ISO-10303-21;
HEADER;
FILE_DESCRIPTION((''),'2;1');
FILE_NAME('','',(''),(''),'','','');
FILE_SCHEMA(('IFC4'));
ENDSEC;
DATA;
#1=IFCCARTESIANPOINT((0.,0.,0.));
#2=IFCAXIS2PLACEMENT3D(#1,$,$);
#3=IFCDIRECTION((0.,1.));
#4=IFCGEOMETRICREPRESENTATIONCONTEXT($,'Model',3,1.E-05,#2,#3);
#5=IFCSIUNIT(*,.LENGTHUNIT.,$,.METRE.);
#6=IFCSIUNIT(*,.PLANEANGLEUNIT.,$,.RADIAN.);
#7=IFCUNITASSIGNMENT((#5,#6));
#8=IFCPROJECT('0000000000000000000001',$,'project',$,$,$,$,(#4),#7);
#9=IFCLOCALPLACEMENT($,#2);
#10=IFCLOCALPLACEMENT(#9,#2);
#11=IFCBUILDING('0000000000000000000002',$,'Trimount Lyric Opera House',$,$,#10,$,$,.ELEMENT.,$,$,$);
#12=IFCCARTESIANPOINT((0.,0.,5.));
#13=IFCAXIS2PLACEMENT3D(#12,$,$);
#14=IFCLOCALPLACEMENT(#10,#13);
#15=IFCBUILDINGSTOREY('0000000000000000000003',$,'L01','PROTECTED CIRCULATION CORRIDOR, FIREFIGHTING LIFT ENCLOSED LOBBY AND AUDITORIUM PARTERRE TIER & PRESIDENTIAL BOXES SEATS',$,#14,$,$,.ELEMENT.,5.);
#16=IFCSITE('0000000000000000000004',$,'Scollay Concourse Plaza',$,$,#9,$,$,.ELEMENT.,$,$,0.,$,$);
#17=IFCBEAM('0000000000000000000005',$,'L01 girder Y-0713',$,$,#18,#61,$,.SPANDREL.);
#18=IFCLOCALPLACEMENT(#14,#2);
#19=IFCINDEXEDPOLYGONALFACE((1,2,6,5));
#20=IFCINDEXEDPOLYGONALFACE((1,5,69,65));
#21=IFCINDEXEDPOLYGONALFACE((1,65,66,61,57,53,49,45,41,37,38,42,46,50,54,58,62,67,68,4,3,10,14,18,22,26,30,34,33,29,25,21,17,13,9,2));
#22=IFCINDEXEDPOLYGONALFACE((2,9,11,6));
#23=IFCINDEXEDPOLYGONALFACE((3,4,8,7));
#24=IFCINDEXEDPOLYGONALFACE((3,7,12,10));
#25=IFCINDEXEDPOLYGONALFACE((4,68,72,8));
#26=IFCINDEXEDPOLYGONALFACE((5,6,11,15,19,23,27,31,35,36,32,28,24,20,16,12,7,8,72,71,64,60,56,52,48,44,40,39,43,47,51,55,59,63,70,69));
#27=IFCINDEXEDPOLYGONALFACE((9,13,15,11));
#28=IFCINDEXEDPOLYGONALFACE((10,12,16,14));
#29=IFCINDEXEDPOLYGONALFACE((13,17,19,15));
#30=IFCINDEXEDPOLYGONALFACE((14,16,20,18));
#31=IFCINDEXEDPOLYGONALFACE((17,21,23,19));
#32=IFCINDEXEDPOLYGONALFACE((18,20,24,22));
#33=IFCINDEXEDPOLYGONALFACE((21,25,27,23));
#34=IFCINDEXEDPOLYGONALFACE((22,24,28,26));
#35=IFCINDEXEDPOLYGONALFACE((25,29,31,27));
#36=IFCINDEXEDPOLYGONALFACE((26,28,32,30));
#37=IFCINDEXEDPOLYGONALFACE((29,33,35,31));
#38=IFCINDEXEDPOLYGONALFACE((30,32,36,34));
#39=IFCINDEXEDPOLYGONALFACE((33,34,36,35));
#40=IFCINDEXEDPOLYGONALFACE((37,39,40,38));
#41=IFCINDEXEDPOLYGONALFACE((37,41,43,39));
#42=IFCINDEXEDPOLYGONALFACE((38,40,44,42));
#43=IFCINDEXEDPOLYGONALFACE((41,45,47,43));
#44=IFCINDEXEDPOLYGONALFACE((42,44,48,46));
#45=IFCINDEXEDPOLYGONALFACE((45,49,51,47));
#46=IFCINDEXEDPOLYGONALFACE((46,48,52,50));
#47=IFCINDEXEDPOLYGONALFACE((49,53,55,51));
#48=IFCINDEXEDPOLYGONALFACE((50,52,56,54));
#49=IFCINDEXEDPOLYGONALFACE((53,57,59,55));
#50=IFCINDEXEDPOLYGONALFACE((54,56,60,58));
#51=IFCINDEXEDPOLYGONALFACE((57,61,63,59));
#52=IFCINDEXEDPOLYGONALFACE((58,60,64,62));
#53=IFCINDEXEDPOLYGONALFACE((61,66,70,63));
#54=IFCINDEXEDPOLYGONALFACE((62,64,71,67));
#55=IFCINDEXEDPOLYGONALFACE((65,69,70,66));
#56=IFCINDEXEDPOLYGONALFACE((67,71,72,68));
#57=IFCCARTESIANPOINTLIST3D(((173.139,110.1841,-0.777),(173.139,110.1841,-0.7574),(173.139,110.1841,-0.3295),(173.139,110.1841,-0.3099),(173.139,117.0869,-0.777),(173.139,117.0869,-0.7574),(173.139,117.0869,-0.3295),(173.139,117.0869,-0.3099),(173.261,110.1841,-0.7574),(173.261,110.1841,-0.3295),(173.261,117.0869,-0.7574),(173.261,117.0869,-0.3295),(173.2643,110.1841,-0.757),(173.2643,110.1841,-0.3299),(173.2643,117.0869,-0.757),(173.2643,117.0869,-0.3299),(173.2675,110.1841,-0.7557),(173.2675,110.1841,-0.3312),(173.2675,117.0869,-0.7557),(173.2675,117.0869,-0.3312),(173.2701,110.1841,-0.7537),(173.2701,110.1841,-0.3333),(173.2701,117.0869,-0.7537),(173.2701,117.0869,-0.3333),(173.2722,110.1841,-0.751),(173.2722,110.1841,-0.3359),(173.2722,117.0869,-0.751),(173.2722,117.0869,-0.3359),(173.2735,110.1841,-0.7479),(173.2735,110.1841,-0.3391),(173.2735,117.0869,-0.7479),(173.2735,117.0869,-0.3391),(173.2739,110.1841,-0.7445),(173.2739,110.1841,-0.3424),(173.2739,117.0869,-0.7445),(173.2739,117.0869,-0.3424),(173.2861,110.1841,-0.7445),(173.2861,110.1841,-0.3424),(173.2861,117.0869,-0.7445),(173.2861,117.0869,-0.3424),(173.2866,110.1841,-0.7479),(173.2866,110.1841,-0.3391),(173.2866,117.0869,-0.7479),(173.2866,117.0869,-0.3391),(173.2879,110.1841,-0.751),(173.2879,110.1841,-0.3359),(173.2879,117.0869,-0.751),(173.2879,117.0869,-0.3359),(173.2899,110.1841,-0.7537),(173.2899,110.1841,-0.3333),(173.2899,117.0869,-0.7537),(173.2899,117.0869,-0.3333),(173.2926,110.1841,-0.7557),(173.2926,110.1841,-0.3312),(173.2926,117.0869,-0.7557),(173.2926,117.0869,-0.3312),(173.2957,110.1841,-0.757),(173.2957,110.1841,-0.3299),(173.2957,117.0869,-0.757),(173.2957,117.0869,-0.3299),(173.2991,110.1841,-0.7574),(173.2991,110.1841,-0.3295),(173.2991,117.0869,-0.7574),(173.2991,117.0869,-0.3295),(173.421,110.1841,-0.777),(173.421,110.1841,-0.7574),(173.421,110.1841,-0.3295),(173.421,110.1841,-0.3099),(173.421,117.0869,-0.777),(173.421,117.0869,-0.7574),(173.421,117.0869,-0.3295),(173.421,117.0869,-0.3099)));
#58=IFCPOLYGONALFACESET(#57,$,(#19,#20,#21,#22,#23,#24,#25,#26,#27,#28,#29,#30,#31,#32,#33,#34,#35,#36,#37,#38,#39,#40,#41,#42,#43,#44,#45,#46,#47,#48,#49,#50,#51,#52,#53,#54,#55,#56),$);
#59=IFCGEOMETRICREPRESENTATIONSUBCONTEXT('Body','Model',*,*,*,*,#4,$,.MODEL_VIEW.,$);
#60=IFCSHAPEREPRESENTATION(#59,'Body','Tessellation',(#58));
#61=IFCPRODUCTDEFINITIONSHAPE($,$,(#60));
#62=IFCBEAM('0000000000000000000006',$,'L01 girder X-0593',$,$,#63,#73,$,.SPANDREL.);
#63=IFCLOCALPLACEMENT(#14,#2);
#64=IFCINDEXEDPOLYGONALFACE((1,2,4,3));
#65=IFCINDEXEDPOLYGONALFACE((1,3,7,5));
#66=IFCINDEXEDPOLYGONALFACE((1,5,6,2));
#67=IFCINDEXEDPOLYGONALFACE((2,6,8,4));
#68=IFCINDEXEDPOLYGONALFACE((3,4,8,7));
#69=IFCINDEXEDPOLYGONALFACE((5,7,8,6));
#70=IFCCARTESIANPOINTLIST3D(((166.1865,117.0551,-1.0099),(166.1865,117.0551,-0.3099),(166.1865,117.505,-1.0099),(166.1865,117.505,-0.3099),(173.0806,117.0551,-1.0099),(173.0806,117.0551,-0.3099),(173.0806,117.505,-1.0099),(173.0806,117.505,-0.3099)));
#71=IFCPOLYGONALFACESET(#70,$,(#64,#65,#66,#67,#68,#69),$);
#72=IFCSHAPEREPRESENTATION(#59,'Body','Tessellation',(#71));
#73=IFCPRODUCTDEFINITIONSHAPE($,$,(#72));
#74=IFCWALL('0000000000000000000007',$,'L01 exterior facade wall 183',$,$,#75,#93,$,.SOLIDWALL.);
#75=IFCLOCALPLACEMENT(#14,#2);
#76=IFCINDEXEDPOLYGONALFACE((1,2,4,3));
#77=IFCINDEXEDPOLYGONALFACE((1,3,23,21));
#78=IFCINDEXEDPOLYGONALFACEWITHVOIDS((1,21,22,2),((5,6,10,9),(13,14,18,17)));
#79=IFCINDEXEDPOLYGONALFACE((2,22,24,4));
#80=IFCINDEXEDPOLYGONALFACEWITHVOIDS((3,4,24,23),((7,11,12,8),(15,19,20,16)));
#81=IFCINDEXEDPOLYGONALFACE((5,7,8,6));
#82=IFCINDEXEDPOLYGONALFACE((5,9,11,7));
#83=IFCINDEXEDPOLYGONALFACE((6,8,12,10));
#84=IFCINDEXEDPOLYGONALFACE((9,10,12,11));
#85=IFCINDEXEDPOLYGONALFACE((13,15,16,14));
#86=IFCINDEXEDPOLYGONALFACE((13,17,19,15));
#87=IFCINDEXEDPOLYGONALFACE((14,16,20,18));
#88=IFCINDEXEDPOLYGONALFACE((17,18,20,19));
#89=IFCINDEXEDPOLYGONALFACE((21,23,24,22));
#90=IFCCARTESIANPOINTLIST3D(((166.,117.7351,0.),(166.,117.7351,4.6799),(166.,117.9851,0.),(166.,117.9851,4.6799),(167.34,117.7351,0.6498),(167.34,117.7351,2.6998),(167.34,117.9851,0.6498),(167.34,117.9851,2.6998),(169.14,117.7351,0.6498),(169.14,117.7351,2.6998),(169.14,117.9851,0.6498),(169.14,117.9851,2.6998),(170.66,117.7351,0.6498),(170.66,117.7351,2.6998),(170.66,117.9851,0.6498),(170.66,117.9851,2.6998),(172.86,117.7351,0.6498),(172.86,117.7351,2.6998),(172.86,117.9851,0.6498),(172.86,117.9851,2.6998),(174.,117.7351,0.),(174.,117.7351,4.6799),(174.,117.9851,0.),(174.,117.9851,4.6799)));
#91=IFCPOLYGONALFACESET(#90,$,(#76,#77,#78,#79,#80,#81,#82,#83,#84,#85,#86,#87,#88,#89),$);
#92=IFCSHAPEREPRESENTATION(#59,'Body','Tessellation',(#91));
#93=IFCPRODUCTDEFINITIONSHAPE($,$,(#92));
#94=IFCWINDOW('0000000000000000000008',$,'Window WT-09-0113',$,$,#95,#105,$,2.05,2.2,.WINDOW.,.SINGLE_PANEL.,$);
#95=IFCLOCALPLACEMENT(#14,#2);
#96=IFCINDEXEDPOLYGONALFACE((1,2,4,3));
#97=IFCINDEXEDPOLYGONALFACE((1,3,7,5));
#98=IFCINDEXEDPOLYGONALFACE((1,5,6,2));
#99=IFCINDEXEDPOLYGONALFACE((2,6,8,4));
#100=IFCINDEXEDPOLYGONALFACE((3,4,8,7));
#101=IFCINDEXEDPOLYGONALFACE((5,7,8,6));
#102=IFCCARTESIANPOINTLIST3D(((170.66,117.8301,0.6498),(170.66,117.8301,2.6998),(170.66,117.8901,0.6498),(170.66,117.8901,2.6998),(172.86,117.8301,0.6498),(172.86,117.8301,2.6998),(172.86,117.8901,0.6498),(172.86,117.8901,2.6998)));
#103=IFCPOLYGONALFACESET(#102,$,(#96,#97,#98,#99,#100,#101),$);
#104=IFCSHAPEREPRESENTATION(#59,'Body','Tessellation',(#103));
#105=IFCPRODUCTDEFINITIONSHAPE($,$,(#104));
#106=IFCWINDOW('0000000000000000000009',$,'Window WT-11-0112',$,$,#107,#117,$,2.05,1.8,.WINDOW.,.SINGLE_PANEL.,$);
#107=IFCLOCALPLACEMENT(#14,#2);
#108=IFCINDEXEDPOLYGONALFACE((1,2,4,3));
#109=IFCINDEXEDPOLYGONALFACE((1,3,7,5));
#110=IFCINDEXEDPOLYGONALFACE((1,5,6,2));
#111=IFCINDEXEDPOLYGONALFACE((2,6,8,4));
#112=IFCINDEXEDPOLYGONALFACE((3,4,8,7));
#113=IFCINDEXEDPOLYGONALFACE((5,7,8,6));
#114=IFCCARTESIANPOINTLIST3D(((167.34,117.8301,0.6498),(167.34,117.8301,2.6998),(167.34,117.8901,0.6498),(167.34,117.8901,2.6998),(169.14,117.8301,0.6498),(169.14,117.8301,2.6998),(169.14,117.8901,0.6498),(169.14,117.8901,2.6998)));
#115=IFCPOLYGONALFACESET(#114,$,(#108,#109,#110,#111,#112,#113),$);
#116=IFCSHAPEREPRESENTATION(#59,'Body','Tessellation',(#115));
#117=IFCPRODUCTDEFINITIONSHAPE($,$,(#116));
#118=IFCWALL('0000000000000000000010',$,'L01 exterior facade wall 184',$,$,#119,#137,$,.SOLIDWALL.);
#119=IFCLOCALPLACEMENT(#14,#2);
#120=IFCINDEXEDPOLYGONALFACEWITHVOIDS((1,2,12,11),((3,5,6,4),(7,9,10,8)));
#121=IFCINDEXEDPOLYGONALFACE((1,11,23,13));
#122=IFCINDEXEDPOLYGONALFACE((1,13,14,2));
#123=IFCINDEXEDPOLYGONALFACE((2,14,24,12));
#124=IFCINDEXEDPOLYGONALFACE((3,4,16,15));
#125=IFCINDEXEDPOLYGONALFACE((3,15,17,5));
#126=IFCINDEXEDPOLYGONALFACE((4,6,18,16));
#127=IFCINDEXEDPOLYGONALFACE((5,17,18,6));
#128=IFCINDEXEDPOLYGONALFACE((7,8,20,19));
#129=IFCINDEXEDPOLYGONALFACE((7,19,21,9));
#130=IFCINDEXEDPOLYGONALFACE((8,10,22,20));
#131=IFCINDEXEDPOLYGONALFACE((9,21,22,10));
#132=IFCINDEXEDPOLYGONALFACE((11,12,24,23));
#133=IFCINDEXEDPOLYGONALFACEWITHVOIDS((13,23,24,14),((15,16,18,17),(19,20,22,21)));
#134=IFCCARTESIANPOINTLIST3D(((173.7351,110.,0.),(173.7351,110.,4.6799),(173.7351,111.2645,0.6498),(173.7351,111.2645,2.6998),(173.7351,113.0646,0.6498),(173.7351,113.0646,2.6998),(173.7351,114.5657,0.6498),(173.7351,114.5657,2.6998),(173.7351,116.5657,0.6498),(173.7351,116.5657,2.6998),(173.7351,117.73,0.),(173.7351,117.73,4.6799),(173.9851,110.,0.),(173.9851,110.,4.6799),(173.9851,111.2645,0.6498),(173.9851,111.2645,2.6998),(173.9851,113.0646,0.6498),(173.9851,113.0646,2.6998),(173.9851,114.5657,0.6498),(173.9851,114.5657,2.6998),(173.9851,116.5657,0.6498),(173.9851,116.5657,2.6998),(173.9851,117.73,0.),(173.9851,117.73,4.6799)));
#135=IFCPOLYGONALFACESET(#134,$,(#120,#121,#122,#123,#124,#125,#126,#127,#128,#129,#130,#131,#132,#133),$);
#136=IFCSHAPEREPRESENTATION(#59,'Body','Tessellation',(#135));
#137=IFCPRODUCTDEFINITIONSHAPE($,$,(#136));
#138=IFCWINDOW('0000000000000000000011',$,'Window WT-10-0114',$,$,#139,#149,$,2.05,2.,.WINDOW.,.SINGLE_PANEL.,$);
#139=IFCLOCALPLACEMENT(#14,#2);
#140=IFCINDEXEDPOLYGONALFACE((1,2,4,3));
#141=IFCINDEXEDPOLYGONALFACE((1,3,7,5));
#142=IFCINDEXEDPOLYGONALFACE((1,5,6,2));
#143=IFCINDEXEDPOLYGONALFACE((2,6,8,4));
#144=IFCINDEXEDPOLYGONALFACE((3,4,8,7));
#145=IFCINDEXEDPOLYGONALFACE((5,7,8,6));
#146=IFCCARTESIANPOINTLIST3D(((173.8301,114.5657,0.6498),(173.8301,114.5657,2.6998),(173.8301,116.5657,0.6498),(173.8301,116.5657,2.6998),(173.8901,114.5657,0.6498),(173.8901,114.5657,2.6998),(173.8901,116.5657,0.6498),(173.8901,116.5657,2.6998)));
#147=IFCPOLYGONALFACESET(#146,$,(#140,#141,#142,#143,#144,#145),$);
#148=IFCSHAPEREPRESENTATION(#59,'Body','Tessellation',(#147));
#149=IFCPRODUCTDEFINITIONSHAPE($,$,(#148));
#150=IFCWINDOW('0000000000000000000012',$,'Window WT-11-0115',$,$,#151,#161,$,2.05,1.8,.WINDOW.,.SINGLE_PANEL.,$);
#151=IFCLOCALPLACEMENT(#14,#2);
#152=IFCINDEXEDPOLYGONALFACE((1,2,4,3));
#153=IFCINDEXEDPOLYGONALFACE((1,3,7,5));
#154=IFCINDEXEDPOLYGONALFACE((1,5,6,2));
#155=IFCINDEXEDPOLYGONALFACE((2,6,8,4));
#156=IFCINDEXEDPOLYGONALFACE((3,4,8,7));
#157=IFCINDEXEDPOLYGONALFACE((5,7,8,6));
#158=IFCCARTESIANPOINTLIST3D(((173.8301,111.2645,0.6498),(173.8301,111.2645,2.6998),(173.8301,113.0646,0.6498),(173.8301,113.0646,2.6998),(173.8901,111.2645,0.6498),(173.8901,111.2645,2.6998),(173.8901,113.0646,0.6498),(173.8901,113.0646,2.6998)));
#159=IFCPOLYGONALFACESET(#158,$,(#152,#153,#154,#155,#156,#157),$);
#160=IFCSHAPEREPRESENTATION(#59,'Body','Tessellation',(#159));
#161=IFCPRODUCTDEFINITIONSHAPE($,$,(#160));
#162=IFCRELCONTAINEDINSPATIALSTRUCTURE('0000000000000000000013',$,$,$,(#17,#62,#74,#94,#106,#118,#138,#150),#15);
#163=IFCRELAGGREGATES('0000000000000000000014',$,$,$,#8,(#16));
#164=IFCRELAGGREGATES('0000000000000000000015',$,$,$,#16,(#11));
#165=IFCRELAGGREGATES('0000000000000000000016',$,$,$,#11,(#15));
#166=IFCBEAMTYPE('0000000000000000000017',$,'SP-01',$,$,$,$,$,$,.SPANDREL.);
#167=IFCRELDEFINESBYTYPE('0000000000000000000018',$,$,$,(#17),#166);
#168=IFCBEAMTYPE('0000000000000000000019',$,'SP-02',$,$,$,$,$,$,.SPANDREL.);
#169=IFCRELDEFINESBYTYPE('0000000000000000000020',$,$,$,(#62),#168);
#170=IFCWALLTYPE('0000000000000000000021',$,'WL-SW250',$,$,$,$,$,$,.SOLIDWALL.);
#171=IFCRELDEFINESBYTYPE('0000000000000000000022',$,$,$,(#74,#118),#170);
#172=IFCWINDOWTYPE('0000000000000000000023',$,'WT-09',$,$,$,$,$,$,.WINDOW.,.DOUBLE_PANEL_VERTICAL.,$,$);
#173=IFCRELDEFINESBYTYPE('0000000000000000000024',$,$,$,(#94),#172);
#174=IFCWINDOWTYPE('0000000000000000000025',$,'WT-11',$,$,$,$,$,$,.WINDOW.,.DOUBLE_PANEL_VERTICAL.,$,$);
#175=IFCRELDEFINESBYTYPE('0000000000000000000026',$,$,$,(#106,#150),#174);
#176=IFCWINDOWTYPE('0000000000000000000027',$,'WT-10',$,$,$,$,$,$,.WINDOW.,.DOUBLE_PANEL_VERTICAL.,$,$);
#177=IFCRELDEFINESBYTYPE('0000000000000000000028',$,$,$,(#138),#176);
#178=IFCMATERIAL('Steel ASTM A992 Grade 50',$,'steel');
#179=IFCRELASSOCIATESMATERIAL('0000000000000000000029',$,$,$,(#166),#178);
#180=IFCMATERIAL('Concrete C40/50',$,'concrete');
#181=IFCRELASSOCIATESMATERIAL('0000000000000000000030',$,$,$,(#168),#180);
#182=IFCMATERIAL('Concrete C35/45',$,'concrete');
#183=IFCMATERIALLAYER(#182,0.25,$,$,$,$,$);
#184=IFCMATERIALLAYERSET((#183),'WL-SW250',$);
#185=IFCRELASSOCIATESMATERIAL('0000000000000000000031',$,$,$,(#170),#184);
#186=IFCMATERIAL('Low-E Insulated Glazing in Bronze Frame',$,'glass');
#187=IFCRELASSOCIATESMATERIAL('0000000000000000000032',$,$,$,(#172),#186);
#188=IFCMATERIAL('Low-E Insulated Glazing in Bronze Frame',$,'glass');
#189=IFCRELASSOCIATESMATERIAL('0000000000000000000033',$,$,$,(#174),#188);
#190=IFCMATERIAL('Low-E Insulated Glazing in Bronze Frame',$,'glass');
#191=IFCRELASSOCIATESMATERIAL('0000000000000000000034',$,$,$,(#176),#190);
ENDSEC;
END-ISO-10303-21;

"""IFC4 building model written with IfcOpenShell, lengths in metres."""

from ifc_helpers import new_model, si_unit, direction, frame, frame_2d, origin, origin_2d, place, context, subcontext, project, spatial, rectangle, i_section, extrude, material, layer, layer_set, material_profile, profile_set, type_object, element, fill, save


model = new_model("IFC4")

# Units and contexts
model_context = context("Model", 3, precision=1e-05, world=origin(), true_north=direction((0.0, 1.0)))
body_context = subcontext(model_context, "Body", "Model", "MODEL_VIEW")
ifc_project = project(units=[si_unit("LENGTHUNIT", "METRE"), si_unit("PLANEANGLEUNIT", "RADIAN")], contexts=[model_context])

# Site, building, storey
site_placement = place(None, origin())
site = spatial("IfcSite", under=ifc_project, at=site_placement, Name="Scollay Concourse Plaza", CompositionType="ELEMENT", RefElevation=0.0)
building_placement = place(site_placement, origin())
building = spatial("IfcBuilding", under=site, at=building_placement, Name="Trimount Lyric Opera House", CompositionType="ELEMENT")
storey_placement = place(building_placement, frame((0.0, 0.0, 5.0)))
storey = spatial("IfcBuildingStorey", under=building, at=storey_placement, Name="L01", Description="PROTECTED CIRCULATION CORRIDOR, FIREFIGHTING LIFT ENCLOSED LOBBY AND AUDITORIUM PARTERRE TIER & PRESIDENTIAL BOXES SEATS", CompositionType="ELEMENT", Elevation=5.0)

# Beams
ifc_material_1 = material(Name="Steel ASTM A992 Grade 50", Category="steel")
ifc_material_profile_1 = material_profile(ifc_material_1, i_section(OverallWidth=0.282, OverallDepth=0.467, WebThickness=0.0122, FlangeThickness=0.0195, FilletRadius=0.0129, at=origin_2d()), Name="W18X86")
ifc_profile_set_1 = profile_set([ifc_material_profile_1], Name="Steel ASTM A992 Grade 50")
beam_type_1 = type_object("IfcBeamType", Name="SP-01", PredefinedType="SPANDREL", material=ifc_profile_set_1)
beam_1_placement = place(storey_placement, frame((173.28, 110.1841, -0.5435), z_axis=(0.0, 1.0, 0.0), x_axis=(-1.0, 0.0, 0.0)))
element("IfcBeam", 1, at=beam_1_placement, inside=storey, type_object=beam_type_1, Name="L01 girder Y-0713", PredefinedType="SPANDREL", context=body_context, shape_type="SweptSolid", body=[
    extrude(i_section(OverallWidth=0.282, OverallDepth=0.467, WebThickness=0.0122, FlangeThickness=0.0195, FilletRadius=0.0129, at=origin_2d()), origin(), (0.0, 0.0, 1.0), 6.9028),
])
ifc_material_2 = material(Name="Concrete C40/50", Category="concrete")
ifc_material_profile_2 = material_profile(ifc_material_2, rectangle(XDim=0.45, YDim=0.7, at=origin_2d()), Name="RC450X700")
ifc_profile_set_2 = profile_set([ifc_material_profile_2], Name="Concrete C40/50")
beam_type_2 = type_object("IfcBeamType", Name="SP-02", PredefinedType="SPANDREL", material=ifc_profile_set_2)
beam_2_placement = place(storey_placement, frame((166.1865, 117.28, -0.6599), z_axis=(1.0, 0.0, 0.0), x_axis=(0.0, 1.0, 0.0)))
element("IfcBeam", 2, at=beam_2_placement, inside=storey, type_object=beam_type_2, Name="L01 girder X-0593", PredefinedType="SPANDREL", context=body_context, shape_type="SweptSolid", body=[
    extrude(rectangle(XDim=0.45, YDim=0.7, at=origin_2d()), origin(), (0.0, 0.0, 1.0), 6.894),
])

# Walls, openings, windows
ifc_material_3 = material(Name="Concrete C35/45", Category="concrete")
ifc_layer_1 = layer(ifc_material_3, 0.25)
ifc_layer_set_1 = layer_set([ifc_layer_1], Name="WL-SW250")
wall_type = type_object("IfcWallType", Name="WL-SW250", PredefinedType="SOLIDWALL", material=ifc_layer_set_1)
wall_1_placement = place(storey_placement, frame((166.0, 117.8601, 0.0), z_axis=(0.0, 0.0, 1.0), x_axis=(1.0, 0.0, 0.0)))
wall_1 = element("IfcWall", 3, at=wall_1_placement, inside=storey, type_object=wall_type, Name="L01 exterior facade wall 183", PredefinedType="SOLIDWALL", context=body_context, shape_type="SweptSolid", body=[
    extrude(rectangle(XDim=8.0, YDim=0.25, at=frame_2d((4.0, 0.0))), origin(), (0.0, 0.0, 1.0), 4.6799),
])
opening_1_placement = place(wall_1_placement, frame((1.3401, 0.0, 0.6499)))
opening_1 = element("IfcOpeningElement", 4, at=opening_1_placement, cuts=wall_1, PredefinedType="OPENING", context=body_context, shape_type="SweptSolid", body=[
    extrude(rectangle(XDim=1.8, YDim=2.05, at=frame_2d((0.8999, 1.0249))), frame((0.0, 0.135, 0.0), z_axis=(0.0, -1.0, 0.0), x_axis=(1.0, 0.0, 0.0)), (0.0, 0.0, 1.0), 0.27),
])
opening_2_placement = place(wall_1_placement, frame((4.6599, 0.0, 0.6499)))
opening_2 = element("IfcOpeningElement", 5, at=opening_2_placement, cuts=wall_1, PredefinedType="OPENING", context=body_context, shape_type="SweptSolid", body=[
    extrude(rectangle(XDim=2.2, YDim=2.05, at=frame_2d((1.1001, 1.0249))), frame((0.0, 0.135, 0.0), z_axis=(0.0, -1.0, 0.0), x_axis=(1.0, 0.0, 0.0)), (0.0, 0.0, 1.0), 0.27),
])
ifc_material_4 = material(Name="Low-E Insulated Glazing in Bronze Frame", Category="glass")
window_type_1 = type_object("IfcWindowType", Name="WT-09", PartitioningType="DOUBLE_PANEL_VERTICAL", PredefinedType="WINDOW", material=ifc_material_4)
window_1_placement = place(opening_2_placement, origin())
window_1 = element("IfcWindow", 6, at=window_1_placement, inside=storey, type_object=window_type_1, Name="Window WT-09-0113", OverallHeight=2.05, OverallWidth=2.2, PartitioningType="SINGLE_PANEL", PredefinedType="WINDOW", context=body_context, shape_type="SweptSolid", body=[
    extrude(rectangle(XDim=2.2, YDim=2.05, at=frame_2d((1.1001, 1.0249))), frame((0.0, 0.03, 0.0), z_axis=(0.0, -1.0, 0.0), x_axis=(1.0, 0.0, 0.0)), (0.0, 0.0, 1.0), 0.0601),
])
fill(opening_2, window_1)
ifc_material_5 = material(Name="Low-E Insulated Glazing in Bronze Frame", Category="glass")
window_type_2 = type_object("IfcWindowType", Name="WT-11", PartitioningType="DOUBLE_PANEL_VERTICAL", PredefinedType="WINDOW", material=ifc_material_5)
window_2_placement = place(opening_1_placement, origin())
window_2 = element("IfcWindow", 7, at=window_2_placement, inside=storey, type_object=window_type_2, Name="Window WT-11-0112", OverallHeight=2.05, OverallWidth=1.8, PartitioningType="SINGLE_PANEL", PredefinedType="WINDOW", context=body_context, shape_type="SweptSolid", body=[
    extrude(rectangle(XDim=1.8, YDim=2.05, at=frame_2d((0.8999, 1.0249))), frame((0.0, 0.03, 0.0), z_axis=(0.0, -1.0, 0.0), x_axis=(1.0, 0.0, 0.0)), (0.0, 0.0, 1.0), 0.0601),
])
fill(opening_1, window_2)
wall_2_placement = place(storey_placement, frame((173.8601, 117.73, 0.0), z_axis=(0.0, 0.0, 1.0), x_axis=(0.0, -1.0, 0.0)))
wall_2 = element("IfcWall", 8, at=wall_2_placement, inside=storey, type_object=wall_type, Name="L01 exterior facade wall 184", PredefinedType="SOLIDWALL", context=body_context, shape_type="SweptSolid", body=[
    extrude(rectangle(XDim=7.73, YDim=0.25, at=frame_2d((3.865, 0.0))), origin(), (0.0, 0.0, 1.0), 4.6799),
])
opening_3_placement = place(wall_2_placement, frame((1.1643, 0.0, 0.6499)))
opening_3 = element("IfcOpeningElement", 9, at=opening_3_placement, cuts=wall_2, PredefinedType="OPENING", context=body_context, shape_type="SweptSolid", body=[
    extrude(rectangle(XDim=2.0, YDim=2.05, at=frame_2d((1.0, 1.0249))), frame((0.0, 0.135, 0.0), z_axis=(0.0, -1.0, 0.0), x_axis=(1.0, 0.0, 0.0)), (0.0, 0.0, 1.0), 0.27),
])
opening_4_placement = place(wall_2_placement, frame((4.6655, 0.0, 0.6499)))
opening_4 = element("IfcOpeningElement", 10, at=opening_4_placement, cuts=wall_2, PredefinedType="OPENING", context=body_context, shape_type="SweptSolid", body=[
    extrude(rectangle(XDim=1.8, YDim=2.05, at=frame_2d((0.8999, 1.0249))), frame((0.0, 0.135, 0.0), z_axis=(0.0, -1.0, 0.0), x_axis=(1.0, 0.0, 0.0)), (0.0, 0.0, 1.0), 0.27),
])
ifc_material_6 = material(Name="Low-E Insulated Glazing in Bronze Frame", Category="glass")
window_type_3 = type_object("IfcWindowType", Name="WT-10", PartitioningType="DOUBLE_PANEL_VERTICAL", PredefinedType="WINDOW", material=ifc_material_6)
window_3_placement = place(opening_3_placement, origin())
window_3 = element("IfcWindow", 11, at=window_3_placement, inside=storey, type_object=window_type_3, Name="Window WT-10-0114", OverallHeight=2.05, OverallWidth=2.0, PartitioningType="SINGLE_PANEL", PredefinedType="WINDOW", context=body_context, shape_type="SweptSolid", body=[
    extrude(rectangle(XDim=2.0, YDim=2.05, at=frame_2d((1.0, 1.0249))), frame((0.0, 0.03, 0.0), z_axis=(0.0, -1.0, 0.0), x_axis=(1.0, 0.0, 0.0)), (0.0, 0.0, 1.0), 0.0601),
])
fill(opening_3, window_3)
window_4_placement = place(opening_4_placement, origin())
window_4 = element("IfcWindow", 12, at=window_4_placement, inside=storey, type_object=window_type_2, Name="Window WT-11-0115", OverallHeight=2.05, OverallWidth=1.8, PartitioningType="SINGLE_PANEL", PredefinedType="WINDOW", context=body_context, shape_type="SweptSolid", body=[
    extrude(rectangle(XDim=1.8, YDim=2.05, at=frame_2d((0.8999, 1.0249))), frame((0.0, 0.03, 0.0), z_axis=(0.0, -1.0, 0.0), x_axis=(1.0, 0.0, 0.0)), (0.0, 0.0, 1.0), 0.0601),
])
fill(opening_4, window_4)

save(model, "model.ifc")
